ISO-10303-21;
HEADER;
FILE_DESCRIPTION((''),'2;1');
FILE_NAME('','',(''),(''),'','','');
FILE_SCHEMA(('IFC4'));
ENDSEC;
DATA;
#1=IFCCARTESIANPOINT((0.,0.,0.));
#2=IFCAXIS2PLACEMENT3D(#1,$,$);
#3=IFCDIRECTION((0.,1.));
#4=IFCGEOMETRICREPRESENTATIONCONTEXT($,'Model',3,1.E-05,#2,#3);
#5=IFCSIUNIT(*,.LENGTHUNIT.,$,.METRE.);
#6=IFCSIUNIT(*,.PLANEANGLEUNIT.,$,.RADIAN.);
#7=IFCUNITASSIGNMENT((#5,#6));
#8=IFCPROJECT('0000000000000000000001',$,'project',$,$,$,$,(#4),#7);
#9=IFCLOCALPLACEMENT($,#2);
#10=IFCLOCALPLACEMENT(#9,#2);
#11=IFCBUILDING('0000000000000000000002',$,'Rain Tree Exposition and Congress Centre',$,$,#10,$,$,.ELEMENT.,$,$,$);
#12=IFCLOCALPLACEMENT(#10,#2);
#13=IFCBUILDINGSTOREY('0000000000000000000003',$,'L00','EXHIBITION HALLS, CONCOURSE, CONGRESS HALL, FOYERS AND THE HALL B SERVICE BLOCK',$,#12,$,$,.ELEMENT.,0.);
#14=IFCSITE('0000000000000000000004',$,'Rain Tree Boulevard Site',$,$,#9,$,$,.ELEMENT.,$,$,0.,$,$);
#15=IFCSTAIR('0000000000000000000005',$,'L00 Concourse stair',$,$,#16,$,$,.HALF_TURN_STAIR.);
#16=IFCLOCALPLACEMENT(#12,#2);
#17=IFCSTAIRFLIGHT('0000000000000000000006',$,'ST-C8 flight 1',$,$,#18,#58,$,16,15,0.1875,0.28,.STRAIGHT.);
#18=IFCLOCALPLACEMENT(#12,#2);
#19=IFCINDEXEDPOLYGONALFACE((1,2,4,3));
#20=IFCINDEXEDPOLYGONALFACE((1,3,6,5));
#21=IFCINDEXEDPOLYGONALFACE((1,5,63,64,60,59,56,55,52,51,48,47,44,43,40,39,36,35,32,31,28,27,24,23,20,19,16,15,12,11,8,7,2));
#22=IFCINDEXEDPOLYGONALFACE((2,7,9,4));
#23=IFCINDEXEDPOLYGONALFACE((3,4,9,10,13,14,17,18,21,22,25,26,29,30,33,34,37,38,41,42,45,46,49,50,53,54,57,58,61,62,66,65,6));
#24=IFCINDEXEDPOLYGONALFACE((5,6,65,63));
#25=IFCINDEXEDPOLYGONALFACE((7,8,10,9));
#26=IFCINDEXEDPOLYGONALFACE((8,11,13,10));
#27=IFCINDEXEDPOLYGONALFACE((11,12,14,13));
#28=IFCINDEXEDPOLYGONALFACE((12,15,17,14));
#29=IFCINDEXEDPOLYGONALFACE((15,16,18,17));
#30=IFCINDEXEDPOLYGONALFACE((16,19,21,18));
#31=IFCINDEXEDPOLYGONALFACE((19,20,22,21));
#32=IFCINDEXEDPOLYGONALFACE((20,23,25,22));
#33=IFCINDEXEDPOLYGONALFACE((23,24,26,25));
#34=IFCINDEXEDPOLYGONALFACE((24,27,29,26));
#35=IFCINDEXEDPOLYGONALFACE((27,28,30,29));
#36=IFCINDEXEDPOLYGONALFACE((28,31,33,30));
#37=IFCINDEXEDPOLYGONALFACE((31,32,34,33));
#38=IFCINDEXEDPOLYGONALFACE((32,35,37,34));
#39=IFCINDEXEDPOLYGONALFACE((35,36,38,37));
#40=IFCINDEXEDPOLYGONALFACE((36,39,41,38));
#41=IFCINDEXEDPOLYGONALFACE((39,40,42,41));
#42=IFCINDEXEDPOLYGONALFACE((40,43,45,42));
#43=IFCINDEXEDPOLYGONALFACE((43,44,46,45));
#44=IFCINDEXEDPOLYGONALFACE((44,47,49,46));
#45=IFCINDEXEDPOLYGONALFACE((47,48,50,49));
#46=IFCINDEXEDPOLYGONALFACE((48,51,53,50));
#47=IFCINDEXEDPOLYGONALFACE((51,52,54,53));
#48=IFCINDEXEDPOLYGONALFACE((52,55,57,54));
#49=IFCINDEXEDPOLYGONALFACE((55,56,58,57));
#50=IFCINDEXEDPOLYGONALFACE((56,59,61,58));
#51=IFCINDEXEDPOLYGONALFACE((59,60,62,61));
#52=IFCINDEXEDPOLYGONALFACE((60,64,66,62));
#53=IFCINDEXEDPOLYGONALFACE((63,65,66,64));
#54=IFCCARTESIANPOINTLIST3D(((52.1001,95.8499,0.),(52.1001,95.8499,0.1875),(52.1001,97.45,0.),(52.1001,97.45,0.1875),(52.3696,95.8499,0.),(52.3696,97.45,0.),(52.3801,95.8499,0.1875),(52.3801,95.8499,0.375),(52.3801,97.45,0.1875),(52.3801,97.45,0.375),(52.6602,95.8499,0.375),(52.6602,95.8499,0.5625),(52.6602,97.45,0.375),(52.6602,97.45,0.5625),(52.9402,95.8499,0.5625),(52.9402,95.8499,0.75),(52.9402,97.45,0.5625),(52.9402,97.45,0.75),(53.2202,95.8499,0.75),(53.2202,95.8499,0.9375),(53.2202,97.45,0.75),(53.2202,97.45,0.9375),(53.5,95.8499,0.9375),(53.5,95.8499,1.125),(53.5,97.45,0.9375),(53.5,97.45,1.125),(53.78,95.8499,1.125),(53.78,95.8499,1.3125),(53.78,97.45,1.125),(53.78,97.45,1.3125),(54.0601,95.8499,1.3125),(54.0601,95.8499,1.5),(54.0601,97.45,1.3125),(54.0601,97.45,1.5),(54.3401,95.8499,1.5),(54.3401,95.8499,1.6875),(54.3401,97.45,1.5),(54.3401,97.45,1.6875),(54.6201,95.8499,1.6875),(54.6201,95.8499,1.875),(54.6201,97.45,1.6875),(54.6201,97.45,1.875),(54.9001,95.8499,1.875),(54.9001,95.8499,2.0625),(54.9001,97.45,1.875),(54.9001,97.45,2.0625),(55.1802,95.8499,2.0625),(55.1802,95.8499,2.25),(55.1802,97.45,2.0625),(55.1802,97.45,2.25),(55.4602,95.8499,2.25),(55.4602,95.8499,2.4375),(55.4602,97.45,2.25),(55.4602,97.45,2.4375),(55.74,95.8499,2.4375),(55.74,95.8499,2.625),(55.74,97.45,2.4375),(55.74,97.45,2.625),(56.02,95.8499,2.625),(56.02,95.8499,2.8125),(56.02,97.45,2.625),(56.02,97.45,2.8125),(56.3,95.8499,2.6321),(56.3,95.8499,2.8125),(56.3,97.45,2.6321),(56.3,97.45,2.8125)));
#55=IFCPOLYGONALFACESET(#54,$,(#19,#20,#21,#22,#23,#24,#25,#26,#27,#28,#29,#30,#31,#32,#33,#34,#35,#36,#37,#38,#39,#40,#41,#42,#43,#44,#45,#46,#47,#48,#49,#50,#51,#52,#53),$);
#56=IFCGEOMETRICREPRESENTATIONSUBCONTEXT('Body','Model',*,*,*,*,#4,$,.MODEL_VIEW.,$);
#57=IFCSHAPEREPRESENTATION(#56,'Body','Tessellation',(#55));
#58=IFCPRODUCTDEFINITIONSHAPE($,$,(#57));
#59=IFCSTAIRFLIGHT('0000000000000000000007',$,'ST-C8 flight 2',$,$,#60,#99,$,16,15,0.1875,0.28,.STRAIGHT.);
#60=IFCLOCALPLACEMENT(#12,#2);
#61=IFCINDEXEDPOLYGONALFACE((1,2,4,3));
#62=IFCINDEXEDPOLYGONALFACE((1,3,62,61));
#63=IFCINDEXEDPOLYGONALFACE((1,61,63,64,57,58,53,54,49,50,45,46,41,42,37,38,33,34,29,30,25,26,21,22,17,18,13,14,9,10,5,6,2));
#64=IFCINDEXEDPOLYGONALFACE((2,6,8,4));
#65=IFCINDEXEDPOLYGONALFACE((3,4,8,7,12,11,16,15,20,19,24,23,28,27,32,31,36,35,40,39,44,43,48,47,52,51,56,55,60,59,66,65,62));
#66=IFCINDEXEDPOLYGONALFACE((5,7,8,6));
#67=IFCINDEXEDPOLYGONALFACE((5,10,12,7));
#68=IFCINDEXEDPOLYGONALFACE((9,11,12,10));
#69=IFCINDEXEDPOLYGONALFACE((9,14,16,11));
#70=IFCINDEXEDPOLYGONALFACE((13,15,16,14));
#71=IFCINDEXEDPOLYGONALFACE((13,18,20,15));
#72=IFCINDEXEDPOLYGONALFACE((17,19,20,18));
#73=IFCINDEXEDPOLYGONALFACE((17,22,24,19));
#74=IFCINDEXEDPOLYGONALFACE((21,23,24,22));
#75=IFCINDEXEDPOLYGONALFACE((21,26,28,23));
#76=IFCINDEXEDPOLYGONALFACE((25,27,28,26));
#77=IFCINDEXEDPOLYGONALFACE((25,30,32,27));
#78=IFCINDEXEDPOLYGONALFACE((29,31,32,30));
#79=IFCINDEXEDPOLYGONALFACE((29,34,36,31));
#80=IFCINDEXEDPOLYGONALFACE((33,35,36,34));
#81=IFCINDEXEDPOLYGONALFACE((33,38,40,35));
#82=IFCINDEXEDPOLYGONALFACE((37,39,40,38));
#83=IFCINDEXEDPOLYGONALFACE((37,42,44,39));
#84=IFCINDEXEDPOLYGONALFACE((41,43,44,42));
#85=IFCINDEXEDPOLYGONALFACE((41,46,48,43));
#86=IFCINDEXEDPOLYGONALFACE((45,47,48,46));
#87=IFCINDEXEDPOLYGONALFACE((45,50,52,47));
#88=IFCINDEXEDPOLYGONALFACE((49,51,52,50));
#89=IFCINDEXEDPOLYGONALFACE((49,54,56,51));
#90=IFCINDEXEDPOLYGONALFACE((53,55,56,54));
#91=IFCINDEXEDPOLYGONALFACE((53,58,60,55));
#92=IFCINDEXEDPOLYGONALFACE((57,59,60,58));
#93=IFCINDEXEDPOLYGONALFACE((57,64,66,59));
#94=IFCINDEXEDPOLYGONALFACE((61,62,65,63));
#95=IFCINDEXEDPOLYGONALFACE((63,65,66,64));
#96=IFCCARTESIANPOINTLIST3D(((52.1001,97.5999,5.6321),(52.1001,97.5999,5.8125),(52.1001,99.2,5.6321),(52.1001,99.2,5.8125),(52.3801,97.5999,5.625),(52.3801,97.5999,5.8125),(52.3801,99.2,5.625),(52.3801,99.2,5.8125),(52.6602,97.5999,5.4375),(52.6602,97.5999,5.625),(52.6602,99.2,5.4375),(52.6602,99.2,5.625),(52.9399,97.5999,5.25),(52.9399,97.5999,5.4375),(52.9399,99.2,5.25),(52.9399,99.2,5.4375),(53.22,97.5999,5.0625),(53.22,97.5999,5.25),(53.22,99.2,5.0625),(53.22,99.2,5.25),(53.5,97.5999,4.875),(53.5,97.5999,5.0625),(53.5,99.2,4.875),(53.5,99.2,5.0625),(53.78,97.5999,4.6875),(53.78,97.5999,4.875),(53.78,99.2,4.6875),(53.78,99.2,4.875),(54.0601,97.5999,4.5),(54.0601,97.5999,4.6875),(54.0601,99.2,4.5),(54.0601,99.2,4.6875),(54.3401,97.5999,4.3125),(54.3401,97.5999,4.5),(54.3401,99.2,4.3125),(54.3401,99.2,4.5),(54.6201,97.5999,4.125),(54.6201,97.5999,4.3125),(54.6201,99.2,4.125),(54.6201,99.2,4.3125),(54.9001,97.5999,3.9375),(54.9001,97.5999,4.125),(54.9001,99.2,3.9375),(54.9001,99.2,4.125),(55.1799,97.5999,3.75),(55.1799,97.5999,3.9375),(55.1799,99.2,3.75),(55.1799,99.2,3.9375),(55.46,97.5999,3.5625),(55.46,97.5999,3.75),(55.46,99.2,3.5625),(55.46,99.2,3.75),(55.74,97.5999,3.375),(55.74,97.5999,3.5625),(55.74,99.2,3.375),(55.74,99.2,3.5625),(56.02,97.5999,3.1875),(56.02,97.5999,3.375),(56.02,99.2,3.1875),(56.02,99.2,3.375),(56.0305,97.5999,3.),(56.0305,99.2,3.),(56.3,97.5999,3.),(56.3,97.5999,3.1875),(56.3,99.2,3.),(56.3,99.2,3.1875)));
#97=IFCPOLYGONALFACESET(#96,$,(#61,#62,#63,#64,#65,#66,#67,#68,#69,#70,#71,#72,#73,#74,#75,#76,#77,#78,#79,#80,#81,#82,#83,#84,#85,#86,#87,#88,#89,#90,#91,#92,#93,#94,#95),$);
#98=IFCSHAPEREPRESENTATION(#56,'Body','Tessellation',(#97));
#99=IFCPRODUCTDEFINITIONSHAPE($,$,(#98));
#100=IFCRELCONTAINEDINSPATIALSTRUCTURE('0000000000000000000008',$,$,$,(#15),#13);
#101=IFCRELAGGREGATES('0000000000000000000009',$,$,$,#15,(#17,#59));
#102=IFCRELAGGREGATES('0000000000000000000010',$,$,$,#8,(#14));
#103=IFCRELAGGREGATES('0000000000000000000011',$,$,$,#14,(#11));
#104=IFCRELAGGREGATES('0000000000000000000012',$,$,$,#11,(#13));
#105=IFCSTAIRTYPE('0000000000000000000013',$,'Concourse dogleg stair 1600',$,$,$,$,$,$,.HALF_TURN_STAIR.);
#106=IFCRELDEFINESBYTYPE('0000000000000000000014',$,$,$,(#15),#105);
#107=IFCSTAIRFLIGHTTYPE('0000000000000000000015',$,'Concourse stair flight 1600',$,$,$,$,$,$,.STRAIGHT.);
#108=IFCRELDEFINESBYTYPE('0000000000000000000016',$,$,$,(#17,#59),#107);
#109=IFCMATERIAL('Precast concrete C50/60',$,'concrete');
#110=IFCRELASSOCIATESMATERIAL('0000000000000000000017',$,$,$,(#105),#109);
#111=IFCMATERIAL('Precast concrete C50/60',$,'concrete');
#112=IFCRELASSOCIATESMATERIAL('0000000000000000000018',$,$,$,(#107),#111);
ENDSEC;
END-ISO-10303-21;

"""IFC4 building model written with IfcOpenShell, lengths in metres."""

from ifc_helpers import new_model, si_unit, direction, frame, origin, place, context, subcontext, project, spatial, polyline, outline, extrude, material, type_object, element, aggregate, save


model = new_model("IFC4")

# Units and contexts
model_context = context("Model", 3, precision=1e-05, world=origin(), true_north=direction((0.0, 1.0)))
body_context = subcontext(model_context, "Body", "Model", "MODEL_VIEW")
ifc_project = project(units=[si_unit("LENGTHUNIT", "METRE"), si_unit("PLANEANGLEUNIT", "RADIAN")], contexts=[model_context])

# Site, building, storey
site_placement = place(None, origin())
site = spatial("IfcSite", under=ifc_project, at=site_placement, Name="Rain Tree Boulevard Site", CompositionType="ELEMENT", RefElevation=0.0)
building_placement = place(site_placement, origin())
building = spatial("IfcBuilding", under=site, at=building_placement, Name="Rain Tree Exposition and Congress Centre", CompositionType="ELEMENT")
storey_placement = place(building_placement, origin())
storey = spatial("IfcBuildingStorey", under=building, at=storey_placement, Name="L00", Description="EXHIBITION HALLS, CONCOURSE, CONGRESS HALL, FOYERS AND THE HALL B SERVICE BLOCK", CompositionType="ELEMENT", Elevation=0.0)

# Stair, stair flights
ifc_material_1 = material(Name="Precast concrete C50/60", Category="concrete")
stair_type = type_object("IfcStairType", Name="Concourse dogleg stair 1600", PredefinedType="HALF_TURN_STAIR", material=ifc_material_1)
stair_placement = place(storey_placement, origin())
stair = element("IfcStair", 1, at=stair_placement, inside=storey, type_object=stair_type, Name="L00 Concourse stair", PredefinedType="HALF_TURN_STAIR")
ifc_material_2 = material(Name="Precast concrete C50/60", Category="concrete")
stair_flight_type = type_object("IfcStairFlightType", Name="Concourse stair flight 1600", PredefinedType="STRAIGHT", material=ifc_material_2)
stair_flight_1_placement = place(storey_placement, frame((52.1001, 96.6499, 0.0), z_axis=(0.0, 0.0, 1.0), x_axis=(1.0, 0.0, 0.0)))
stair_flight_1 = element("IfcStairFlight", 2, at=stair_flight_1_placement, type_object=stair_flight_type, Name="ST-C8 flight 1", NumberOfRisers=16, NumberOfTreads=15, PredefinedType="STRAIGHT", RiserHeight=0.1875, TreadLength=0.28, context=body_context, shape_type="SweptSolid", body=[
    extrude(outline(polyline([(0.0, 0.0), (0.0, 0.1875), (0.28, 0.1875), (0.28, 0.375), (0.5601, 0.375), (0.5601, 0.5625), (0.8401, 0.5625), (0.8401, 0.75), (1.1201, 0.75), (1.1201, 0.9375), (1.3999, 0.9375), (1.3999, 1.125), (1.6799, 1.125), (1.6799, 1.3125), (1.96, 1.3125), (1.96, 1.5), (2.24, 1.5), (2.24, 1.6875), (2.52, 1.6875), (2.52, 1.875), (2.8, 1.875), (2.8, 2.0625), (3.0801, 2.0625), (3.0801, 2.25), (3.3601, 2.25), (3.3601, 2.4375), (3.6399, 2.4375), (3.6399, 2.625), (3.9199, 2.625), (3.9199, 2.8125), (4.2, 2.8125), (4.2, 3.0), (4.2, 2.6321), (0.2695, 0.0), (0.0, 0.0)])), frame((0.0, 0.8, 0.0), z_axis=(0.0, -1.0, 0.0), x_axis=(1.0, 0.0, 0.0)), (0.0, 0.0, 1.0), 1.6001),
])
stair_flight_2_placement = place(storey_placement, frame((56.3, 98.3999, 3.0), z_axis=(0.0, 0.0, 1.0), x_axis=(-1.0, 0.0, 0.0)))
stair_flight_2 = element("IfcStairFlight", 3, at=stair_flight_2_placement, type_object=stair_flight_type, Name="ST-C8 flight 2", NumberOfRisers=16, NumberOfTreads=15, PredefinedType="STRAIGHT", RiserHeight=0.1875, TreadLength=0.28, context=body_context, shape_type="SweptSolid", body=[
    extrude(outline(polyline([(0.0, 0.0), (0.0, 0.1875), (0.28, 0.1875), (0.28, 0.375), (0.5601, 0.375), (0.5601, 0.5625), (0.8401, 0.5625), (0.8401, 0.75), (1.1201, 0.75), (1.1201, 0.9375), (1.3999, 0.9375), (1.3999, 1.125), (1.6799, 1.125), (1.6799, 1.3125), (1.96, 1.3125), (1.96, 1.5), (2.24, 1.5), (2.24, 1.6875), (2.52, 1.6875), (2.52, 1.875), (2.8, 1.875), (2.8, 2.0625), (3.0801, 2.0625), (3.0801, 2.25), (3.3601, 2.25), (3.3601, 2.4375), (3.6399, 2.4375), (3.6399, 2.625), (3.9199, 2.625), (3.9199, 2.8125), (4.2, 2.8125), (4.2, 3.0), (4.2, 2.6321), (0.2695, 0.0), (0.0, 0.0)])), frame((0.0, 0.8, 0.0), z_axis=(0.0, -1.0, 0.0), x_axis=(1.0, 0.0, 0.0)), (0.0, 0.0, 1.0), 1.6001),
])
aggregate(stair, [stair_flight_1, stair_flight_2])

save(model, "model.ifc")
